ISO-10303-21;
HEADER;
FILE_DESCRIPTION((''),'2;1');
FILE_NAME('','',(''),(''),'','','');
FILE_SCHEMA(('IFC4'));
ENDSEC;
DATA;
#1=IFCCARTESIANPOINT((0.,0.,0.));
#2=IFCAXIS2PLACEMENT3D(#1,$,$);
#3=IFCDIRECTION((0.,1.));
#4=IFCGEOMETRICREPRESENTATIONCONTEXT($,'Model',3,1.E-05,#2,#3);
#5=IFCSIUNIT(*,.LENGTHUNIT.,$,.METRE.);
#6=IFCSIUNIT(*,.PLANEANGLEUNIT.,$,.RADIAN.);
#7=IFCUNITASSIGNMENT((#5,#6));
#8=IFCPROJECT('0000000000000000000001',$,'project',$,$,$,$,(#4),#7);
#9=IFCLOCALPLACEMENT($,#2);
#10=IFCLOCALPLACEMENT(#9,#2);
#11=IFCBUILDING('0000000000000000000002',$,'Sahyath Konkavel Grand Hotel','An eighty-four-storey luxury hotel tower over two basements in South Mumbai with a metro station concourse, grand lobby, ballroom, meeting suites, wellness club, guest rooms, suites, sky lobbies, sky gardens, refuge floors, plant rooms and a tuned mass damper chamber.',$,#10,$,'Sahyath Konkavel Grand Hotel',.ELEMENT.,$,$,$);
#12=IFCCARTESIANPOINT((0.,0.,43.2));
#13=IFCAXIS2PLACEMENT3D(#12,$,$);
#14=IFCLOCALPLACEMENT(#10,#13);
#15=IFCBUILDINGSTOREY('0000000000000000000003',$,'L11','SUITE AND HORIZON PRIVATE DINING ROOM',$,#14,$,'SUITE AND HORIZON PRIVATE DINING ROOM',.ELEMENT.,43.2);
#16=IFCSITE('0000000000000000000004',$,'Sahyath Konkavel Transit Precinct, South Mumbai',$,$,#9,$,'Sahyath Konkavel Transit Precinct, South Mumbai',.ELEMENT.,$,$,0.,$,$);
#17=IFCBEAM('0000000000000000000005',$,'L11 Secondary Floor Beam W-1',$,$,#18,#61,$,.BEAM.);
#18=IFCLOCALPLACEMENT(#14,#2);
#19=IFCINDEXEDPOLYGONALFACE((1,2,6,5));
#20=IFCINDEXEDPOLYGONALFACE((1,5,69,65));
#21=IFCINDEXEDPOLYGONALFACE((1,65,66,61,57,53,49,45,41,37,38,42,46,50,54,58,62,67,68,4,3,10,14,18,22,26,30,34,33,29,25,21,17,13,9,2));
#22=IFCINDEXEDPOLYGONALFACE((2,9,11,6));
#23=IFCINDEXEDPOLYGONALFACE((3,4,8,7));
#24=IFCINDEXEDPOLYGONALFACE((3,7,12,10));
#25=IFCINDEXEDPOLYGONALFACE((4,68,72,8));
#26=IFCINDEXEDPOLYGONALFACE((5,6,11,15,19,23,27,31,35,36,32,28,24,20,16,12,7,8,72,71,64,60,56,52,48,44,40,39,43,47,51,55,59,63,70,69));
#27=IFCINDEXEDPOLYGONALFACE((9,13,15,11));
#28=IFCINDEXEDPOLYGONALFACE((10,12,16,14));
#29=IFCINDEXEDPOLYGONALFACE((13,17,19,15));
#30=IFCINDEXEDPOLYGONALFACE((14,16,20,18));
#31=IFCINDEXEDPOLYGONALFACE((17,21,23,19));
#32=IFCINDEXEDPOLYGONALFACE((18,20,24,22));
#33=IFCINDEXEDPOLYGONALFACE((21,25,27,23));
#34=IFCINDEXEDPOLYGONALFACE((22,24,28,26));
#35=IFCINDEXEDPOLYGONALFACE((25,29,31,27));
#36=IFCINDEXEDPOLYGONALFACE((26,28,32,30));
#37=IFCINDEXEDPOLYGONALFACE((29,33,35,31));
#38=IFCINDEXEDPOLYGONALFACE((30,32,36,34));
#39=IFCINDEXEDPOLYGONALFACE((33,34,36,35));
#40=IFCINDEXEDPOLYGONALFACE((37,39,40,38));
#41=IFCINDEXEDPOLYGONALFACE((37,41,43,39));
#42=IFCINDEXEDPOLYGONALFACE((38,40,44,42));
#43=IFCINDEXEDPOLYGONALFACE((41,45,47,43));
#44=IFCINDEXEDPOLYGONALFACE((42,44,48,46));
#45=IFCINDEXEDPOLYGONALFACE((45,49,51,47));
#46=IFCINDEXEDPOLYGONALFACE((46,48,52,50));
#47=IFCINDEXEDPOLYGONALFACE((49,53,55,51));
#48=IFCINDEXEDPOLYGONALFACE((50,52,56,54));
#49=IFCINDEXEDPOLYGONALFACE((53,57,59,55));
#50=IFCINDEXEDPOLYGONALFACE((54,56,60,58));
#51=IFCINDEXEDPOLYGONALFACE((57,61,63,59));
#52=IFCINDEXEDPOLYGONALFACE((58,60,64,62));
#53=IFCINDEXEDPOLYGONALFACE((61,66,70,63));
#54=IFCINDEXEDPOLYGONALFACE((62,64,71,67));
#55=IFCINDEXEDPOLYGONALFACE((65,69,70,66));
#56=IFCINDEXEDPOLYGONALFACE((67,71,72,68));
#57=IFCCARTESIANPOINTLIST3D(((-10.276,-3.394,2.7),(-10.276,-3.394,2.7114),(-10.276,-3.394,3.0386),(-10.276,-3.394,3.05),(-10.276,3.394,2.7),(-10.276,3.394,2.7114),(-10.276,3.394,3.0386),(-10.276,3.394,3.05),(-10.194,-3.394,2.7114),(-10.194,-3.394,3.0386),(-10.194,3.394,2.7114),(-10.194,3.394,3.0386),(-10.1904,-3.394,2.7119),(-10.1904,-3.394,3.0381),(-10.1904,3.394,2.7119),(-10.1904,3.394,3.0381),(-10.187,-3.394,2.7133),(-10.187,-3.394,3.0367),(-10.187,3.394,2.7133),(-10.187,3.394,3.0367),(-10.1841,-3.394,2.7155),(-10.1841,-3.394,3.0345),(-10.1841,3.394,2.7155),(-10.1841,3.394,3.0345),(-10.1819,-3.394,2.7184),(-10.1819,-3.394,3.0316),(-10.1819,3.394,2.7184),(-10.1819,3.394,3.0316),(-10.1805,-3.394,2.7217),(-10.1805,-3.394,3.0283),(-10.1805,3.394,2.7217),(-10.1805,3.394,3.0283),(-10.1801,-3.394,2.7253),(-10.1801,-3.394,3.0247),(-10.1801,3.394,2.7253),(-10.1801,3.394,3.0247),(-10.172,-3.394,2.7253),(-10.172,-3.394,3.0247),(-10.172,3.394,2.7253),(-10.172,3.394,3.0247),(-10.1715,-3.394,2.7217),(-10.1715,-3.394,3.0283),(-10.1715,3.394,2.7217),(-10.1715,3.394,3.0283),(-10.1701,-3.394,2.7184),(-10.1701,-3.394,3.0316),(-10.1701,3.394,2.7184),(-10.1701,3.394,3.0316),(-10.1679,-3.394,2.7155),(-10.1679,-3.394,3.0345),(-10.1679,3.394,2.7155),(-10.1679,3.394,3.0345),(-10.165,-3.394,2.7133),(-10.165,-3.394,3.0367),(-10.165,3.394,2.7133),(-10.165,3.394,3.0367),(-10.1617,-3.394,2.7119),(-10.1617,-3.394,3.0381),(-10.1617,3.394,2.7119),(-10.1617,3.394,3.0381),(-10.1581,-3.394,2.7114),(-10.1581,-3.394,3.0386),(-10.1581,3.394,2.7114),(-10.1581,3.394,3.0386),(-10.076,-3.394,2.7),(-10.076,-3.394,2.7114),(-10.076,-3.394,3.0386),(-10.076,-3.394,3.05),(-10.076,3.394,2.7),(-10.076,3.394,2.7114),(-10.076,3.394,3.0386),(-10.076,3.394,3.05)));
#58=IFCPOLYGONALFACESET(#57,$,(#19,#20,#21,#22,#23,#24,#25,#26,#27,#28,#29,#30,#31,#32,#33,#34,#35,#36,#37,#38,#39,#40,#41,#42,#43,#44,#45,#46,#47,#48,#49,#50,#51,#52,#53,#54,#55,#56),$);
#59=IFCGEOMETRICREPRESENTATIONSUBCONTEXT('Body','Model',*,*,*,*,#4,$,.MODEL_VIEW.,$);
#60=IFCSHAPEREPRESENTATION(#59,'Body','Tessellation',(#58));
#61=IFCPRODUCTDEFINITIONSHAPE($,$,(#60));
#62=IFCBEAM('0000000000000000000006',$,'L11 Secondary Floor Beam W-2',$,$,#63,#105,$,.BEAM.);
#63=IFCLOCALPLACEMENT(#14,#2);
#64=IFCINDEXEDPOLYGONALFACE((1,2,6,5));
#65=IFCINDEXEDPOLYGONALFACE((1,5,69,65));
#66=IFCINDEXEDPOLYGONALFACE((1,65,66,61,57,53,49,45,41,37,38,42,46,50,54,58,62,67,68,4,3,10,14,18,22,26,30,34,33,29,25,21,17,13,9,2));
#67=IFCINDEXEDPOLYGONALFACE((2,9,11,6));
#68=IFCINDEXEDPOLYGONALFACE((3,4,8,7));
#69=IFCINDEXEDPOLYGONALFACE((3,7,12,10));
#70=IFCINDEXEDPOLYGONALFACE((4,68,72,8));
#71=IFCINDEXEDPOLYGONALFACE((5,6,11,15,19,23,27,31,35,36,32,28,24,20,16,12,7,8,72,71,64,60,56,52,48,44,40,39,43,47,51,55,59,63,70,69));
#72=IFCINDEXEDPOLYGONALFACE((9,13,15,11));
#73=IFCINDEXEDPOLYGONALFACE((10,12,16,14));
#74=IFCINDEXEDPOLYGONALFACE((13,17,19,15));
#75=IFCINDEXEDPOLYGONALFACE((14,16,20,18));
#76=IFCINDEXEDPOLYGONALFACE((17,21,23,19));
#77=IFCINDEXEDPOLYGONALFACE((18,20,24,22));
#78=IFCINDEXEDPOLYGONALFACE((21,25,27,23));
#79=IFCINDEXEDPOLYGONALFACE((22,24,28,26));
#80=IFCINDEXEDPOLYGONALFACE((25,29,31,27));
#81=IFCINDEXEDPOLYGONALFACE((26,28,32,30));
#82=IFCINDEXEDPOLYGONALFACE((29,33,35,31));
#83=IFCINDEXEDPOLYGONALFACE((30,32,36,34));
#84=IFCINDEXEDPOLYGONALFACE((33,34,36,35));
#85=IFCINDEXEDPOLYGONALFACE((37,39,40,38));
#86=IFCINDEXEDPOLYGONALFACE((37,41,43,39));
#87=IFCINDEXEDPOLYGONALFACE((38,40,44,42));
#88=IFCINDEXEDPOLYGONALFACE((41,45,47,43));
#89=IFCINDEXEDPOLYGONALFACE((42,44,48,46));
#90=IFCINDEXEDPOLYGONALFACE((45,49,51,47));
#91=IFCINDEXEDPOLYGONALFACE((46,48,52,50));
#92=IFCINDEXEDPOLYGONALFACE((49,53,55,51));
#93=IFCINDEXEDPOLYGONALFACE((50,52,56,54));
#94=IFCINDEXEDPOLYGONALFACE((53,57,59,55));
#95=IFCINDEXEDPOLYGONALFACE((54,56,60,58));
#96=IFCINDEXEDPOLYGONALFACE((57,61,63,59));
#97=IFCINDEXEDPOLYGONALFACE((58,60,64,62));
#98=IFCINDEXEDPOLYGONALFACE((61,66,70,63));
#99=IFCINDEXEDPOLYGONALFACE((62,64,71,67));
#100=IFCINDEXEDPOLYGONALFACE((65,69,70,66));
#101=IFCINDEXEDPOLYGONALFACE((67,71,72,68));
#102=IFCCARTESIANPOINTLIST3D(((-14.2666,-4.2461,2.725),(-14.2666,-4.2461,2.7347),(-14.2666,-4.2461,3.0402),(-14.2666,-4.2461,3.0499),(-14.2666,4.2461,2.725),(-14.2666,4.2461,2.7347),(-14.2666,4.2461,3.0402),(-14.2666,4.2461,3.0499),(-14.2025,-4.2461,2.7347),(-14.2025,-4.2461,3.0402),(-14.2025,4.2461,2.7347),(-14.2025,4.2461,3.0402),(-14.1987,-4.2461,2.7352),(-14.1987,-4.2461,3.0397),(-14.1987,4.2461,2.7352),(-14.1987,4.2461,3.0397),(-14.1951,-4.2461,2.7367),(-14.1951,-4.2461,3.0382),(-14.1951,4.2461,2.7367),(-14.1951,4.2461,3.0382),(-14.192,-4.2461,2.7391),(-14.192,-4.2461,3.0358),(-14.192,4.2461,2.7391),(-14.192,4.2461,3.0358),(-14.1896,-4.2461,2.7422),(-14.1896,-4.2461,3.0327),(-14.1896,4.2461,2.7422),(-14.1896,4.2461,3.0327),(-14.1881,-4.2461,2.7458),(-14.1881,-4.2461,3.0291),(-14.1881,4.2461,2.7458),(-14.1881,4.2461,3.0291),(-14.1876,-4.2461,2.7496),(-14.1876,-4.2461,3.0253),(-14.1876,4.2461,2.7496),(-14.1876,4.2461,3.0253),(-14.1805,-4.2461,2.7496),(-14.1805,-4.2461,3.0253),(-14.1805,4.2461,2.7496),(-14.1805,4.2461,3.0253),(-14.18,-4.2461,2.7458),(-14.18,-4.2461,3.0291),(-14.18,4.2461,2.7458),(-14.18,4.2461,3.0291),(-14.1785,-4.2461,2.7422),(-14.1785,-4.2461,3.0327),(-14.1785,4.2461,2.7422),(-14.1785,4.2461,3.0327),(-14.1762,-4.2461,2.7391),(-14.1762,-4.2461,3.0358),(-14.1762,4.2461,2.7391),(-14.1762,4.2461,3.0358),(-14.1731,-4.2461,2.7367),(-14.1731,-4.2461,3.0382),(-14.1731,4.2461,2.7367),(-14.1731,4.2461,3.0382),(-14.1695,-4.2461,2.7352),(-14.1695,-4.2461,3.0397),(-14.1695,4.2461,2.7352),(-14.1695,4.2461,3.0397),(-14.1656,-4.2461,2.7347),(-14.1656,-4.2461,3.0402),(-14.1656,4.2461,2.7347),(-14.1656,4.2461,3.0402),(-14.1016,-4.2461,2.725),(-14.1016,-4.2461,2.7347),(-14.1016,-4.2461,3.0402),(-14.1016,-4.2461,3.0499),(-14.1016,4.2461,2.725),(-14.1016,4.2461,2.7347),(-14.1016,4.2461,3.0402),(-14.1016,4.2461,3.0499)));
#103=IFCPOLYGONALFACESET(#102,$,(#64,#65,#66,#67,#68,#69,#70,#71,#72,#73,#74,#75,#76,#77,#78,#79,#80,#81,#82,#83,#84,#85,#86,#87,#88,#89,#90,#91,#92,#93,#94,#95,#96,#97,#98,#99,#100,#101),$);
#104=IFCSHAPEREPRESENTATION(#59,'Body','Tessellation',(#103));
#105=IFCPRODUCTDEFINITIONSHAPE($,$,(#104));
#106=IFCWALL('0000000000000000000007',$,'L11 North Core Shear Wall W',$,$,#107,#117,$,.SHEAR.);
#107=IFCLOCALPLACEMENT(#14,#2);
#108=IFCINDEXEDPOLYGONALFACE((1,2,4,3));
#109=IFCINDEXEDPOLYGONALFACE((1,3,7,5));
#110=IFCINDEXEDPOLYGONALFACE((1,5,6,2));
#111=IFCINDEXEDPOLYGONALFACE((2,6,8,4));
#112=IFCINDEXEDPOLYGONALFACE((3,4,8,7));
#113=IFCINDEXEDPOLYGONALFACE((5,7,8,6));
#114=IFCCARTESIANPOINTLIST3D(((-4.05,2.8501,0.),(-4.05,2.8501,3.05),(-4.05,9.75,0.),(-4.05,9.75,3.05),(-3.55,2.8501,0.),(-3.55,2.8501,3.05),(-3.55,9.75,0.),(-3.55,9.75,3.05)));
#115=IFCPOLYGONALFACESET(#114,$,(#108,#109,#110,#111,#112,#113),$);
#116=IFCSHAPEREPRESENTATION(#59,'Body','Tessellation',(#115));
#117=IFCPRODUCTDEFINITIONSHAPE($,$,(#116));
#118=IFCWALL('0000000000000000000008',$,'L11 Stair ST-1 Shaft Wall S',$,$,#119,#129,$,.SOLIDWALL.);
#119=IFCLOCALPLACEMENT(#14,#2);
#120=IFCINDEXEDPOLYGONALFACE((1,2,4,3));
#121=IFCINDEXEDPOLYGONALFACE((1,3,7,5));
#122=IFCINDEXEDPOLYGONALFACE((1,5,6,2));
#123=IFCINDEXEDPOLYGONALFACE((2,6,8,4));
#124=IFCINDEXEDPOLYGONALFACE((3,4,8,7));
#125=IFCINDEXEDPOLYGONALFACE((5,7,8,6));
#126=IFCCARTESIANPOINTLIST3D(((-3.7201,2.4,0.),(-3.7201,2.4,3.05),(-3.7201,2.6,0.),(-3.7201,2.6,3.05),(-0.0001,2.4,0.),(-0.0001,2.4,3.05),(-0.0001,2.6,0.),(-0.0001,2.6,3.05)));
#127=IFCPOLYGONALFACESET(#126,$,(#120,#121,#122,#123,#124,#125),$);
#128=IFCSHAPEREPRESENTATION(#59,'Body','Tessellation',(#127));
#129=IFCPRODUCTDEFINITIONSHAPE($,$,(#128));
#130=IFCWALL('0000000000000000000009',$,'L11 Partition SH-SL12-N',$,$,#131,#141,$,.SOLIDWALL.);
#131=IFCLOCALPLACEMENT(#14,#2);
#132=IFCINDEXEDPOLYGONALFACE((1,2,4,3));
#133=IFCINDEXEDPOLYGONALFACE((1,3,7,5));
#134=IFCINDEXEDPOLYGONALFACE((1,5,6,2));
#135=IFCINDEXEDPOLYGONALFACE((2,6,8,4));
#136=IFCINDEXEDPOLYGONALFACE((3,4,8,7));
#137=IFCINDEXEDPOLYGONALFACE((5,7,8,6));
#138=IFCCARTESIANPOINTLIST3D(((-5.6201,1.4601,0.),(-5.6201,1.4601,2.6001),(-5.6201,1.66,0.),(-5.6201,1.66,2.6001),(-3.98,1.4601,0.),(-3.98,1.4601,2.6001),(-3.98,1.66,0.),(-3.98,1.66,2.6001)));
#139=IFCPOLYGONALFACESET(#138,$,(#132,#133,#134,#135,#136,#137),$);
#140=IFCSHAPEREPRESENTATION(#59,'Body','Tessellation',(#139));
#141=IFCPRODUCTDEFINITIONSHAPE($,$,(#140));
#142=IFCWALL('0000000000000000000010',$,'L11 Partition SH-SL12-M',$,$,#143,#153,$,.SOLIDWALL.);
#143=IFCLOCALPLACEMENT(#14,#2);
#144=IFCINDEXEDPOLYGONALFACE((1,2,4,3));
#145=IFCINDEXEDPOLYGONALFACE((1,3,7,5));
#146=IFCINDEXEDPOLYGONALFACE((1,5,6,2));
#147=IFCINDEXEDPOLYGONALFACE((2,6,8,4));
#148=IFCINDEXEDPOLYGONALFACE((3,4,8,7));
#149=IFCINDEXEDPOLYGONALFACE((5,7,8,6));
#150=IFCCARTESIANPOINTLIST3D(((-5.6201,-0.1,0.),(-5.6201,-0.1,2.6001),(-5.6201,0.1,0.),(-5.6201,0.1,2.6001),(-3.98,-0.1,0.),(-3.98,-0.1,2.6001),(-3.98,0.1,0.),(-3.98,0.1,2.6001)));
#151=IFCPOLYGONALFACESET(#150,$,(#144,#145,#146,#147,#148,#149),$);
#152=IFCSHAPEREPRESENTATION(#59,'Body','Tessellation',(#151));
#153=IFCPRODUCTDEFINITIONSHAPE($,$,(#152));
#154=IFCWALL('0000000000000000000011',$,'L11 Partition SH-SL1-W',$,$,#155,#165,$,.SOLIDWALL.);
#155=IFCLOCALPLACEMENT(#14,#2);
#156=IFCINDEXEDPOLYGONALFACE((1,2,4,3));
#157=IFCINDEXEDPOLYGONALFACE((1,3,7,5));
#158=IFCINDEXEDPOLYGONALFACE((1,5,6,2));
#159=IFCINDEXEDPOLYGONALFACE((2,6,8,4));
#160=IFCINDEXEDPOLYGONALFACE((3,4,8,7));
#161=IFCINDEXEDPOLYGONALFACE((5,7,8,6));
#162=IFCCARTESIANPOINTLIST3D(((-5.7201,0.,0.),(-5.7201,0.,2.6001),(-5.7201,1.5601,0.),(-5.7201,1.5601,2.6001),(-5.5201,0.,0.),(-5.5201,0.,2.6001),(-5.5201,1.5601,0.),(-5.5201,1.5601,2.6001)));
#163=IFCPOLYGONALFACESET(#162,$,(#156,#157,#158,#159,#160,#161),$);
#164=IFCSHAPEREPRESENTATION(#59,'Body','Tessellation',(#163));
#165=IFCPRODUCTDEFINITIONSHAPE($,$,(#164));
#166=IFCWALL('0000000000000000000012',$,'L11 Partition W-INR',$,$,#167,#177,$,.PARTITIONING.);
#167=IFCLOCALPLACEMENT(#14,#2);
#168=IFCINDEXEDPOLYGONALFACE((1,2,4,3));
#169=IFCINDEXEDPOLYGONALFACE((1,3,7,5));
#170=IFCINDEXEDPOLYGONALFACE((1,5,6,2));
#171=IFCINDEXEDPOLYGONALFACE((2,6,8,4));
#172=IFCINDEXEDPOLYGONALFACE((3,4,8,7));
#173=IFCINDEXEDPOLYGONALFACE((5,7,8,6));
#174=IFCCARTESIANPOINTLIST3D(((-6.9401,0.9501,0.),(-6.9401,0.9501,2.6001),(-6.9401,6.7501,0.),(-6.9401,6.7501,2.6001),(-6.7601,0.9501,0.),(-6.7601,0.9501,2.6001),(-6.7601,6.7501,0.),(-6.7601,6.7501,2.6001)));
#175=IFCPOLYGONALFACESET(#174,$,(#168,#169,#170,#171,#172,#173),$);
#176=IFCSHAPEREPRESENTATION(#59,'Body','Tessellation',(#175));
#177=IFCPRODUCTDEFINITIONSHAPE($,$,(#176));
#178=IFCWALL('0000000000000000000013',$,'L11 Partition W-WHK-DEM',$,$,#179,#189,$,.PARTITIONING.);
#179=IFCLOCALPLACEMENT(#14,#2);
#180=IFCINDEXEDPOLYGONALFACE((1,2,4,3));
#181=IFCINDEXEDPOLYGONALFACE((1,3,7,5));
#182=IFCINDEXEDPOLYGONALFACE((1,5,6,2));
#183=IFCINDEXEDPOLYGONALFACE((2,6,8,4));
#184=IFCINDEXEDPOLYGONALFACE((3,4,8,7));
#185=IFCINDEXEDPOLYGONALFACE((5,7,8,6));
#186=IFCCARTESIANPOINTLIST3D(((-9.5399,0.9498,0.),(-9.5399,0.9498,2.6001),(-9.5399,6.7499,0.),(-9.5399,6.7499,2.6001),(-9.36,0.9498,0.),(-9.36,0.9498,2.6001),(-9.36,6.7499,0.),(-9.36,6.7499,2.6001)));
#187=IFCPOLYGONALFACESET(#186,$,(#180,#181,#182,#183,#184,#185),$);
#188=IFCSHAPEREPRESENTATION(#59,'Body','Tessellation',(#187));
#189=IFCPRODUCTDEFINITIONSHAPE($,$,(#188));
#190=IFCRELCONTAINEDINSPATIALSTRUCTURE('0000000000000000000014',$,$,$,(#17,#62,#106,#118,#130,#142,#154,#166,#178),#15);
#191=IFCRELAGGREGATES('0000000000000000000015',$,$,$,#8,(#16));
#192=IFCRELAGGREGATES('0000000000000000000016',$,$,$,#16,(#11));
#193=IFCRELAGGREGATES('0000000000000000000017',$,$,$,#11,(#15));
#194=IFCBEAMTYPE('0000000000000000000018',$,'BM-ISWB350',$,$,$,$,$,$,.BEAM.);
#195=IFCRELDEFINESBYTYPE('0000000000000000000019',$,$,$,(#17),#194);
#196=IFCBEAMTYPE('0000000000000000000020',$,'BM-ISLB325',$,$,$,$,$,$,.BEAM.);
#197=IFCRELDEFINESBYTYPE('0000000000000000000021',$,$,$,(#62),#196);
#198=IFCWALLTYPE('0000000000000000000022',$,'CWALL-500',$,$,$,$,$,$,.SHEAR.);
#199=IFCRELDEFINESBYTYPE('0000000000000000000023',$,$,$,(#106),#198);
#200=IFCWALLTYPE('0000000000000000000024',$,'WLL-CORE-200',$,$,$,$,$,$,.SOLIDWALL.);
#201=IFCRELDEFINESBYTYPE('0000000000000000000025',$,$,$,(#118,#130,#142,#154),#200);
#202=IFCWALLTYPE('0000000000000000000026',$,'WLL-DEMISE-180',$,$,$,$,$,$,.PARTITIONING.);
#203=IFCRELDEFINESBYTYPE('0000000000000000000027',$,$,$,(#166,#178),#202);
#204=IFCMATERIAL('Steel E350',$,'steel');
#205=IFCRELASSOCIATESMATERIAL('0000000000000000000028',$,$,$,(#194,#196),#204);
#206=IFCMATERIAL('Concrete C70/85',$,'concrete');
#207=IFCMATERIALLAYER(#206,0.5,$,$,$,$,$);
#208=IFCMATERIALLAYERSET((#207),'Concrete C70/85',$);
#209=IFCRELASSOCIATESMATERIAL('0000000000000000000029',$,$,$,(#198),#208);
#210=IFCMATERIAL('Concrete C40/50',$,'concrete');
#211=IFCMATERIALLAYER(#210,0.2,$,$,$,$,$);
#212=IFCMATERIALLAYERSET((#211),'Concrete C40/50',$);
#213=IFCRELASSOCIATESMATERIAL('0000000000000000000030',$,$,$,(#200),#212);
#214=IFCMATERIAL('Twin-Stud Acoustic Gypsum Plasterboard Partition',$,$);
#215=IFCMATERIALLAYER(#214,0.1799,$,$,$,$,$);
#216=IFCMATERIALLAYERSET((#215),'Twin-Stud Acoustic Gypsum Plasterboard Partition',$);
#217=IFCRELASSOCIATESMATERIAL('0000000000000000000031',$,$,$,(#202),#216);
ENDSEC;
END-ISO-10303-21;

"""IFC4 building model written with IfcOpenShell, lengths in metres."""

from ifc_helpers import new_model, si_unit, direction, frame, frame_2d, origin, origin_2d, place, context, subcontext, project, spatial, rectangle, i_section, extrude, source, transform, mapped, material, layer, layer_set, material_profile, profile_set, type_object, element, save


model = new_model("IFC4")

# Units and contexts
model_context = context("Model", 3, precision=1e-05, world=origin(), true_north=direction((0.0, 1.0)))
body_context = subcontext(model_context, "Body", "Model", "MODEL_VIEW")
ifc_project = project(units=[si_unit("LENGTHUNIT", "METRE"), si_unit("PLANEANGLEUNIT", "RADIAN")], contexts=[model_context])

# Site, building, storey
site_placement = place(None, origin())
site = spatial("IfcSite", under=ifc_project, at=site_placement, Name="Sahyath Konkavel Transit Precinct, South Mumbai", LongName="Sahyath Konkavel Transit Precinct, South Mumbai", CompositionType="ELEMENT", RefElevation=0.0)
building_placement = place(site_placement, origin())
building = spatial("IfcBuilding", under=site, at=building_placement, Name="Sahyath Konkavel Grand Hotel", Description="An eighty-four-storey luxury hotel tower over two basements in South Mumbai with a metro station concourse, grand lobby, ballroom, meeting suites, wellness club, guest rooms, suites, sky lobbies, sky gardens, refuge floors, plant rooms and a tuned mass damper chamber.", LongName="Sahyath Konkavel Grand Hotel", CompositionType="ELEMENT")
storey_placement = place(building_placement, frame((0.0, 0.0, 43.2)))
storey = spatial("IfcBuildingStorey", under=building, at=storey_placement, Name="L11", Description="SUITE AND HORIZON PRIVATE DINING ROOM", LongName="SUITE AND HORIZON PRIVATE DINING ROOM", CompositionType="ELEMENT", Elevation=43.2)

# Shared definitions
ifc_material_1 = material(Name="Concrete C70/85", Category="concrete")

# Beams
ifc_material_2 = material(Name="Steel E350", Category="steel")
ifc_material_profile_1 = material_profile(ifc_material_2, i_section(OverallWidth=0.2, OverallDepth=0.3501, WebThickness=0.0081, FlangeThickness=0.0115, FilletRadius=0.0139, at=origin_2d()), Name="ISWB 350")
ifc_profile_set_1 = profile_set([ifc_material_profile_1], Name="Steel E350")
beam_type_1 = type_object("IfcBeamType", Name="BM-ISWB350", PredefinedType="BEAM", material=ifc_profile_set_1)
shared_shape_1 = source(origin(), body_context, "Body", "SweptSolid", [
    extrude(i_section(OverallWidth=0.2, OverallDepth=0.3501, WebThickness=0.0081, FlangeThickness=0.0115, FilletRadius=0.0139, at=origin_2d()), origin(), (0.0, 0.0, 1.0), 6.7881),
])
beam_1_placement = place(storey_placement, frame((-10.176, 3.394, 2.875), z_axis=(0.0, -1.0, 0.0), x_axis=(1.0, 0.0, 0.0)))
element("IfcBeam", 1, at=beam_1_placement, inside=storey, type_object=beam_type_1, Name="L11 Secondary Floor Beam W-1", PredefinedType="BEAM", context=body_context, shape_type="MappedRepresentation", body=[
    mapped(shared_shape_1, transform((0.0, 0.0, 0.0), scale=1.0)),
])
ifc_material_profile_2 = material_profile(ifc_material_2, i_section(OverallWidth=0.165, OverallDepth=0.325, WebThickness=0.0071, FlangeThickness=0.0098, FilletRadius=0.0149, at=origin_2d()), Name="ISLB 325")
ifc_profile_set_2 = profile_set([ifc_material_profile_2], Name="Steel E350")
beam_type_2 = type_object("IfcBeamType", Name="BM-ISLB325", PredefinedType="BEAM", material=ifc_profile_set_2)
shared_shape_2 = source(origin(), body_context, "Body", "SweptSolid", [
    extrude(i_section(OverallWidth=0.165, OverallDepth=0.325, WebThickness=0.0071, FlangeThickness=0.0098, FilletRadius=0.0149, at=origin_2d()), origin(), (0.0, 0.0, 1.0), 8.4922),
])
beam_2_placement = place(storey_placement, frame((-14.1841, 4.2461, 2.8875), z_axis=(0.0, -1.0, 0.0), x_axis=(1.0, 0.0, 0.0)))
element("IfcBeam", 2, at=beam_2_placement, inside=storey, type_object=beam_type_2, Name="L11 Secondary Floor Beam W-2", PredefinedType="BEAM", context=body_context, shape_type="MappedRepresentation", body=[
    mapped(shared_shape_2, transform((0.0, 0.0, 0.0), scale=1.0)),
])

# Walls
ifc_layer_1 = layer(ifc_material_1, 0.5)
ifc_layer_set_1 = layer_set([ifc_layer_1], Name="Concrete C70/85")
wall_type_1 = type_object("IfcWallType", Name="CWALL-500", PredefinedType="SHEAR", material=ifc_layer_set_1)
wall_1_placement = place(storey_placement, frame((-3.8, 2.8501, 0.0), z_axis=(0.0, 0.0, 1.0), x_axis=(0.0, 1.0, 0.0)))
element("IfcWall", 3, at=wall_1_placement, inside=storey, type_object=wall_type_1, Name="L11 North Core Shear Wall W", PredefinedType="SHEAR", context=body_context, shape_type="SweptSolid", body=[
    extrude(rectangle(XDim=6.8999, YDim=0.5, at=frame_2d((3.45, 0.0))), origin(), (0.0, 0.0, 1.0), 3.05),
])
ifc_material_3 = material(Name="Concrete C40/50", Category="concrete")
ifc_layer_2 = layer(ifc_material_3, 0.2)
ifc_layer_set_2 = layer_set([ifc_layer_2], Name="Concrete C40/50")
wall_type_2 = type_object("IfcWallType", Name="WLL-CORE-200", PredefinedType="SOLIDWALL", material=ifc_layer_set_2)
wall_2_placement = place(storey_placement, frame((-3.72, 2.5, 0.0), z_axis=(0.0, 0.0, 1.0), x_axis=(1.0, 0.0, 0.0)))
element("IfcWall", 4, at=wall_2_placement, inside=storey, type_object=wall_type_2, Name="L11 Stair ST-1 Shaft Wall S", PredefinedType="SOLIDWALL", context=body_context, shape_type="SweptSolid", body=[
    extrude(rectangle(XDim=3.72, YDim=0.2, at=frame_2d((1.8599, 0.0))), origin(), (0.0, 0.0, 1.0), 3.05),
])
for number, where, z_axis, x_axis, name in (
    (5, (-5.6201, 1.5601, 0.0), (0.0, 0.0, 1.0), (1.0, 0.0, 0.0), "L11 Partition SH-SL12-N"),
    (6, (-5.6201, 0.0, 0.0), (0.0, 0.0, 1.0), (1.0, 0.0, 0.0), "L11 Partition SH-SL12-M"),
):
    element("IfcWall", number, at=place(storey_placement, frame(where, z_axis=z_axis, x_axis=x_axis)), inside=storey, type_object=wall_type_2, Name=name, PredefinedType="SOLIDWALL", context=body_context, shape_type="SweptSolid", body=[
        extrude(rectangle(XDim=1.6401, YDim=0.2, at=frame_2d((0.8201, 0.0))), origin(), (0.0, 0.0, 1.0), 2.6001),
    ])
wall_3_placement = place(storey_placement, frame((-5.6201, 0.0, 0.0), z_axis=(0.0, 0.0, 1.0), x_axis=(0.0, 1.0, 0.0)))
element("IfcWall", 7, at=wall_3_placement, inside=storey, type_object=wall_type_2, Name="L11 Partition SH-SL1-W", PredefinedType="SOLIDWALL", context=body_context, shape_type="SweptSolid", body=[
    extrude(rectangle(XDim=1.5601, YDim=0.2, at=frame_2d((0.78, 0.0))), origin(), (0.0, 0.0, 1.0), 2.6001),
])
ifc_material_4 = material(Name="Twin-Stud Acoustic Gypsum Plasterboard Partition")
ifc_layer_3 = layer(ifc_material_4, 0.1799)
ifc_layer_set_3 = layer_set([ifc_layer_3], Name="Twin-Stud Acoustic Gypsum Plasterboard Partition")
wall_type_3 = type_object("IfcWallType", Name="WLL-DEMISE-180", PredefinedType="PARTITIONING", material=ifc_layer_set_3)
for number, where, z_axis, x_axis, name in (
    (8, (-6.8501, 6.75, 0.0), (0.0, 0.0, 1.0), (0.0, -1.0, 0.0), "L11 Partition W-INR"),
    (9, (-9.45, 0.95, 0.0), (0.0, 0.0, 1.0), (0.0, 1.0, 0.0), "L11 Partition W-WHK-DEM"),
):
    element("IfcWall", number, at=place(storey_placement, frame(where, z_axis=z_axis, x_axis=x_axis)), inside=storey, type_object=wall_type_3, Name=name, PredefinedType="PARTITIONING", context=body_context, shape_type="SweptSolid", body=[
        extrude(rectangle(XDim=5.8, YDim=0.1799, at=frame_2d((2.8999, 0.0))), origin(), (0.0, 0.0, 1.0), 2.6001),
    ])

save(model, "model.ifc")
